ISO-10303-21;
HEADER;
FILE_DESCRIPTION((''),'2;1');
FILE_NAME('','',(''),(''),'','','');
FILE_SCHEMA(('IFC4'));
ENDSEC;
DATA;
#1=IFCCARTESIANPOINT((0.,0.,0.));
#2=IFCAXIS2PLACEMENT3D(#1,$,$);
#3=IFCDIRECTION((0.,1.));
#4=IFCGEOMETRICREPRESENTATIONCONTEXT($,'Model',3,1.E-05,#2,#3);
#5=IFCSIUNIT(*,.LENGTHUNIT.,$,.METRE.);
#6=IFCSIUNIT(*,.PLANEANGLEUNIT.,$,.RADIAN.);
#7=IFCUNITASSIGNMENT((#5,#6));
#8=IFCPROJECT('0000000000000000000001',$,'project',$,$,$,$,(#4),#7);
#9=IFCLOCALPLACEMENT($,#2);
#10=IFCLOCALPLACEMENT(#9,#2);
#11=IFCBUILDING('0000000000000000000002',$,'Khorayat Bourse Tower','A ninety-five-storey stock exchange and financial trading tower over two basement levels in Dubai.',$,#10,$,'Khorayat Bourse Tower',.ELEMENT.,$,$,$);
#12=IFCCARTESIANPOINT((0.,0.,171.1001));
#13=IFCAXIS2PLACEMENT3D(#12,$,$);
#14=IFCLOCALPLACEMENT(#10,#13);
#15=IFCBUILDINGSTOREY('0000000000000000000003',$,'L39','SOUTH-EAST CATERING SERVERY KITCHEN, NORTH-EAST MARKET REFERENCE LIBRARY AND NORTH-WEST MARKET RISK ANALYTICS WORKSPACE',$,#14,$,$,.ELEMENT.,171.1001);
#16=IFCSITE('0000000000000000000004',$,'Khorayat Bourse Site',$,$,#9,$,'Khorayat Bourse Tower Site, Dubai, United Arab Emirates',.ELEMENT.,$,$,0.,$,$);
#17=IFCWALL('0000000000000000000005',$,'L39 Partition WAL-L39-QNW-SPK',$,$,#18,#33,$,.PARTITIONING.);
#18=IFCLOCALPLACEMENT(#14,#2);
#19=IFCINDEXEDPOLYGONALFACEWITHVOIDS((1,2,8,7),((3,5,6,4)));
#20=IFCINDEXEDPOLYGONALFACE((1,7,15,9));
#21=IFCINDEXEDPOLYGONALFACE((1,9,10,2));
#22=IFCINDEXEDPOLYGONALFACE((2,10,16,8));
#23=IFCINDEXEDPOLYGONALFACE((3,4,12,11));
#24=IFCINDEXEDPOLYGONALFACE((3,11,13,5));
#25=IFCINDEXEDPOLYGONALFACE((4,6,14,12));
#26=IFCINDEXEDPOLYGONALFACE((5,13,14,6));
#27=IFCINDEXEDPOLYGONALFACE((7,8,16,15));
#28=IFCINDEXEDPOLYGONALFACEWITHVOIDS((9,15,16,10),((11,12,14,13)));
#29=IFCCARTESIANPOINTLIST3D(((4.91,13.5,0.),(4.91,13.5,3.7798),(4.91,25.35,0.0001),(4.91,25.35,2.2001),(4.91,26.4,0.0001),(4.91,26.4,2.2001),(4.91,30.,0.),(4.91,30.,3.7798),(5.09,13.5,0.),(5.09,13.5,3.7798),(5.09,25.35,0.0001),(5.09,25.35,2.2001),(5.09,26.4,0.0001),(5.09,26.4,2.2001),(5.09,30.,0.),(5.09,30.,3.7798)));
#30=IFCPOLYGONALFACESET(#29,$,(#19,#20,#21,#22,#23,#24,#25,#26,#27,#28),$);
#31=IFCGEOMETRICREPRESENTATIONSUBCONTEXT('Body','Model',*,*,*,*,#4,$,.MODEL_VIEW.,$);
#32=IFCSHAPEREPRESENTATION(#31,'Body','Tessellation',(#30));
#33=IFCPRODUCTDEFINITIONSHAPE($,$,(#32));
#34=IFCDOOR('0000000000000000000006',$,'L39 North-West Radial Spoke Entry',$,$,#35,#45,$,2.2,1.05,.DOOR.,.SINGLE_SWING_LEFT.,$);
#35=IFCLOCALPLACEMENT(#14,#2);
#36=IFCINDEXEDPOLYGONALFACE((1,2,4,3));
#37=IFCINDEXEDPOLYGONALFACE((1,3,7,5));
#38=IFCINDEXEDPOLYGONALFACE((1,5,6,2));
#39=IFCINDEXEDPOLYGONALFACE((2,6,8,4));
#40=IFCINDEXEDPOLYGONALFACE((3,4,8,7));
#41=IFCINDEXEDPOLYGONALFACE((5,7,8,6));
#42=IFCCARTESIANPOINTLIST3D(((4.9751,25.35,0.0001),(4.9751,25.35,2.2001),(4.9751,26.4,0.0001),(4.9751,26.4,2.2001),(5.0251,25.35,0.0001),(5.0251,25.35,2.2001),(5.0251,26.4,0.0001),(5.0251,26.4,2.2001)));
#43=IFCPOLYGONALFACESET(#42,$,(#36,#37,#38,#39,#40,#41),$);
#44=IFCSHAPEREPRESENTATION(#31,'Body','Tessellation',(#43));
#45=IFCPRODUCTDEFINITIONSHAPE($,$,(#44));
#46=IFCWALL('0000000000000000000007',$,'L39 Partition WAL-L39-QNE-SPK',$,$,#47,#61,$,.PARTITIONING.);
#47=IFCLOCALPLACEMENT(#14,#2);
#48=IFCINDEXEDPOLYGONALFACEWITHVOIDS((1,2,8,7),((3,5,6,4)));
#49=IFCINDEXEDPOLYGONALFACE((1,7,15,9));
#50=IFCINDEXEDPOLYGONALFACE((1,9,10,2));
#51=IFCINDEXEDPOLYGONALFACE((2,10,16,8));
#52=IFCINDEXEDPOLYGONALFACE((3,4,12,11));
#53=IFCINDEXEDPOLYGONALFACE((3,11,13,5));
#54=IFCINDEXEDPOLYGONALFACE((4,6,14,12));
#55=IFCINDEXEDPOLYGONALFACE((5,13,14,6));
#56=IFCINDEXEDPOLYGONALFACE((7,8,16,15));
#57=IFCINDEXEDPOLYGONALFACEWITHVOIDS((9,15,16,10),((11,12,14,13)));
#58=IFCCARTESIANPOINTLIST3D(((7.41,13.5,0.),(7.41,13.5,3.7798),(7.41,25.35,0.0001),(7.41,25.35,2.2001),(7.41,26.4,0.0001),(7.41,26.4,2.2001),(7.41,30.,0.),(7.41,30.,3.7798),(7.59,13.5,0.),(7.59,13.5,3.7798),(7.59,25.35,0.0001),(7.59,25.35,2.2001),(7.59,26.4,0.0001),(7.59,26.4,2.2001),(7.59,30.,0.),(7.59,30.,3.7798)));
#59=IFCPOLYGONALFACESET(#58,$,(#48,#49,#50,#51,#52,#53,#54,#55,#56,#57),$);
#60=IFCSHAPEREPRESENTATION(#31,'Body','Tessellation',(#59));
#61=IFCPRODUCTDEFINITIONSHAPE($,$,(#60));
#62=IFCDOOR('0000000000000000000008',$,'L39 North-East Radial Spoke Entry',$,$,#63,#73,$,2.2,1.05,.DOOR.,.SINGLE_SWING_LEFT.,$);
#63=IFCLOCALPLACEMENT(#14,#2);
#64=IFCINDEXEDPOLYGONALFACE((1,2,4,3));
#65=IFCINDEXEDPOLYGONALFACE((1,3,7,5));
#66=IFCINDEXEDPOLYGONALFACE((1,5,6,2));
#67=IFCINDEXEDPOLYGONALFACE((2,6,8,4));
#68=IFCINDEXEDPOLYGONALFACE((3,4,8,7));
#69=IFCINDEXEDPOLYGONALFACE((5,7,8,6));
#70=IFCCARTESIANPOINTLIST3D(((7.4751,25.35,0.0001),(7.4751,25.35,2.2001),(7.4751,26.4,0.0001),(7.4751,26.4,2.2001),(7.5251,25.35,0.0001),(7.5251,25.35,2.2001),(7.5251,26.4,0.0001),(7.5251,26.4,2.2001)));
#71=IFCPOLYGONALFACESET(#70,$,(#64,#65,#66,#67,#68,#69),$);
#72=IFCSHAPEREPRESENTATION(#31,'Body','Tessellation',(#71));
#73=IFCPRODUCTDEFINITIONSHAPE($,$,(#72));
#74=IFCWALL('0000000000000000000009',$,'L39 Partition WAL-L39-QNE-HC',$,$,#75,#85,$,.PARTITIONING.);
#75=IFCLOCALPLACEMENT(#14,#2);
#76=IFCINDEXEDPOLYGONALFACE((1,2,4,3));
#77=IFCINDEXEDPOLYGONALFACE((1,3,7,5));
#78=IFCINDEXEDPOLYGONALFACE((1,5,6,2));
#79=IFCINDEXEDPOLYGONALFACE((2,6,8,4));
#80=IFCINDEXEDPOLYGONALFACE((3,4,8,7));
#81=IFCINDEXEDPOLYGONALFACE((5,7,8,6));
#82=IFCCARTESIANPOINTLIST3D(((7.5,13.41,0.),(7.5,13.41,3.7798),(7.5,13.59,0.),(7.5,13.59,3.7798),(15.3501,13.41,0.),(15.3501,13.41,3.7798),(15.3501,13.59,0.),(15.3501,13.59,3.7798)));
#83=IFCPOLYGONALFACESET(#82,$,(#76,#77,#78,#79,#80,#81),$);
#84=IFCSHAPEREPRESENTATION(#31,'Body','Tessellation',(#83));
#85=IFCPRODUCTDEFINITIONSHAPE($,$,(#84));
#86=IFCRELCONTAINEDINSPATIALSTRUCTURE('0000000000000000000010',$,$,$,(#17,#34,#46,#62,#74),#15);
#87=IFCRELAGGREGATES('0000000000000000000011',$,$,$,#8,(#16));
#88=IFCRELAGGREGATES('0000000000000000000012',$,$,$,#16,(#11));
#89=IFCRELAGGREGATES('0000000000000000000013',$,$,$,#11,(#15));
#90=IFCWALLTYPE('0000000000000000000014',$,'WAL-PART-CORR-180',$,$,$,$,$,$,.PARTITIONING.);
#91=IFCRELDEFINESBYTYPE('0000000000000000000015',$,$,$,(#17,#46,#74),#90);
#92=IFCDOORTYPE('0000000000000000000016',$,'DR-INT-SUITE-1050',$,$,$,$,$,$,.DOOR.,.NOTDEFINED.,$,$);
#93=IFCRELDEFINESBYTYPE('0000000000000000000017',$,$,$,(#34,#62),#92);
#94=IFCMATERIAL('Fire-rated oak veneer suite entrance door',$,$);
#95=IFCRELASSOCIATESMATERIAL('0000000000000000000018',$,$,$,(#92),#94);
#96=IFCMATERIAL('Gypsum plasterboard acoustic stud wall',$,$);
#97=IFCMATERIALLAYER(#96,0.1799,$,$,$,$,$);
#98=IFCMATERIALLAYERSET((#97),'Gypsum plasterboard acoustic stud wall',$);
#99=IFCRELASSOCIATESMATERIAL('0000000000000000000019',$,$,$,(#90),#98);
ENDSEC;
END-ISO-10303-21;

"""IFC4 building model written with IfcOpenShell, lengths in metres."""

from ifc_helpers import new_model, si_unit, direction, frame, frame_2d, origin, place, context, subcontext, project, spatial, rectangle, extrude, source, transform, mapped, material, layer, layer_set, type_object, element, fill, save


model = new_model("IFC4")

# Units and contexts
model_context = context("Model", 3, precision=1e-05, world=origin(), true_north=direction((0.0, 1.0)))
body_context = subcontext(model_context, "Body", "Model", "MODEL_VIEW")
ifc_project = project(units=[si_unit("LENGTHUNIT", "METRE"), si_unit("PLANEANGLEUNIT", "RADIAN")], contexts=[model_context])

# Site, building, storey
site_placement = place(None, origin())
site = spatial("IfcSite", under=ifc_project, at=site_placement, Name="Khorayat Bourse Site", LongName="Khorayat Bourse Tower Site, Dubai, United Arab Emirates", CompositionType="ELEMENT", RefElevation=0.0)
building_placement = place(site_placement, origin())
building = spatial("IfcBuilding", under=site, at=building_placement, Name="Khorayat Bourse Tower", Description="A ninety-five-storey stock exchange and financial trading tower over two basement levels in Dubai.", LongName="Khorayat Bourse Tower", CompositionType="ELEMENT")
storey_placement = place(building_placement, frame((0.0, 0.0, 171.1001)))
storey = spatial("IfcBuildingStorey", under=building, at=storey_placement, Name="L39", Description="SOUTH-EAST CATERING SERVERY KITCHEN, NORTH-EAST MARKET REFERENCE LIBRARY AND NORTH-WEST MARKET RISK ANALYTICS WORKSPACE", CompositionType="ELEMENT", Elevation=171.1001)

# Shared definitions
ifc_material_1 = material(Name="Fire-rated oak veneer suite entrance door")
door_type_1 = type_object("IfcDoorType", Name="DR-INT-SUITE-1050", OperationType="NOTDEFINED", PredefinedType="DOOR", material=ifc_material_1)
shared_shape_1 = source(origin(), body_context, "Body", "SweptSolid", [
    extrude(rectangle(XDim=1.05, YDim=2.2, at=frame_2d((0.5249, 1.1001))), frame((0.0, 0.0249, 0.0), z_axis=(0.0, -1.0, 0.0), x_axis=(1.0, 0.0, 0.0)), (0.0, 0.0, 1.0), 0.05),
])

# Shared definitions
ifc_material_2 = material(Name="Gypsum plasterboard acoustic stud wall")
ifc_layer_1 = layer(ifc_material_2, 0.1799)
ifc_layer_set_1 = layer_set([ifc_layer_1], Name="Gypsum plasterboard acoustic stud wall")
wall_type_1 = type_object("IfcWallType", Name="WAL-PART-CORR-180", PredefinedType="PARTITIONING", material=ifc_layer_set_1)

# Walls, openings, doors
shared_shape_2 = source(origin(), body_context, "Body", "SweptSolid", [
    extrude(rectangle(XDim=16.5, YDim=0.1799, at=frame_2d((8.25, 0.0))), origin(), (0.0, 0.0, 1.0), 3.7798),
])
wall_1_placement = place(storey_placement, frame((5.0, 13.5, 0.0), z_axis=(0.0, 0.0, 1.0), x_axis=(0.0, 1.0, 0.0)))
wall_1 = element("IfcWall", 1, at=wall_1_placement, inside=storey, type_object=wall_type_1, Name="L39 Partition WAL-L39-QNW-SPK", PredefinedType="PARTITIONING", context=body_context, shape_type="MappedRepresentation", body=[
    mapped(shared_shape_2, transform((0.0, 0.0, 0.0), scale=1.0)),
])
shared_shape_3 = source(origin(), body_context, "Body", "SweptSolid", [
    extrude(rectangle(XDim=1.05, YDim=2.2, at=frame_2d((0.5249, 1.1001))), frame((0.0, 0.0999, 0.0), z_axis=(0.0, -1.0, 0.0), x_axis=(1.0, 0.0, 0.0)), (0.0, 0.0, 1.0), 0.2),
])
opening_1_placement = place(wall_1_placement, frame((11.8501, 0.0, 0.0)))
opening_1 = element("IfcOpeningElement", 2, at=opening_1_placement, cuts=wall_1, PredefinedType="OPENING", context=body_context, shape_type="MappedRepresentation", body=[
    mapped(shared_shape_3, transform((0.0, 0.0, 0.0), scale=1.0)),
])
door_1_placement = place(opening_1_placement, origin())
door_1 = element("IfcDoor", 3, at=door_1_placement, inside=storey, type_object=door_type_1, Name="L39 North-West Radial Spoke Entry", OperationType="SINGLE_SWING_LEFT", OverallHeight=2.2, OverallWidth=1.05, PredefinedType="DOOR", context=body_context, shape_type="MappedRepresentation", body=[
    mapped(shared_shape_1, transform((0.0, 0.0, 0.0), scale=1.0)),
])
fill(opening_1, door_1)
wall_2_placement = place(storey_placement, frame((7.5, 13.5, 0.0), z_axis=(0.0, 0.0, 1.0), x_axis=(0.0, 1.0, 0.0)))
wall_2 = element("IfcWall", 4, at=wall_2_placement, inside=storey, type_object=wall_type_1, Name="L39 Partition WAL-L39-QNE-SPK", PredefinedType="PARTITIONING", context=body_context, shape_type="MappedRepresentation", body=[
    mapped(shared_shape_2, transform((0.0, 0.0, 0.0), scale=1.0)),
])
opening_2_placement = place(wall_2_placement, frame((11.8501, 0.0, 0.0)))
opening_2 = element("IfcOpeningElement", 5, at=opening_2_placement, cuts=wall_2, PredefinedType="OPENING", context=body_context, shape_type="MappedRepresentation", body=[
    mapped(shared_shape_3, transform((0.0, 0.0, 0.0), scale=1.0)),
])
door_2_placement = place(opening_2_placement, origin())
door_2 = element("IfcDoor", 6, at=door_2_placement, inside=storey, type_object=door_type_1, Name="L39 North-East Radial Spoke Entry", OperationType="SINGLE_SWING_LEFT", OverallHeight=2.2, OverallWidth=1.05, PredefinedType="DOOR", context=body_context, shape_type="MappedRepresentation", body=[
    mapped(shared_shape_1, transform((0.0, 0.0, 0.0), scale=1.0)),
])
fill(opening_2, door_2)

# Wall
shared_shape_4 = source(origin(), body_context, "Body", "SweptSolid", [
    extrude(rectangle(XDim=7.8501, YDim=0.1799, at=frame_2d((3.925, 0.0))), origin(), (0.0, 0.0, 1.0), 3.7798),
])
wall_3_placement = place(storey_placement, frame((7.5, 13.5, 0.0), z_axis=(0.0, 0.0, 1.0), x_axis=(1.0, 0.0, 0.0)))
element("IfcWall", 7, at=wall_3_placement, inside=storey, type_object=wall_type_1, Name="L39 Partition WAL-L39-QNE-HC", PredefinedType="PARTITIONING", context=body_context, shape_type="MappedRepresentation", body=[
    mapped(shared_shape_4, transform((0.0, 0.0, 0.0), scale=1.0)),
])

save(model, "model.ifc")
